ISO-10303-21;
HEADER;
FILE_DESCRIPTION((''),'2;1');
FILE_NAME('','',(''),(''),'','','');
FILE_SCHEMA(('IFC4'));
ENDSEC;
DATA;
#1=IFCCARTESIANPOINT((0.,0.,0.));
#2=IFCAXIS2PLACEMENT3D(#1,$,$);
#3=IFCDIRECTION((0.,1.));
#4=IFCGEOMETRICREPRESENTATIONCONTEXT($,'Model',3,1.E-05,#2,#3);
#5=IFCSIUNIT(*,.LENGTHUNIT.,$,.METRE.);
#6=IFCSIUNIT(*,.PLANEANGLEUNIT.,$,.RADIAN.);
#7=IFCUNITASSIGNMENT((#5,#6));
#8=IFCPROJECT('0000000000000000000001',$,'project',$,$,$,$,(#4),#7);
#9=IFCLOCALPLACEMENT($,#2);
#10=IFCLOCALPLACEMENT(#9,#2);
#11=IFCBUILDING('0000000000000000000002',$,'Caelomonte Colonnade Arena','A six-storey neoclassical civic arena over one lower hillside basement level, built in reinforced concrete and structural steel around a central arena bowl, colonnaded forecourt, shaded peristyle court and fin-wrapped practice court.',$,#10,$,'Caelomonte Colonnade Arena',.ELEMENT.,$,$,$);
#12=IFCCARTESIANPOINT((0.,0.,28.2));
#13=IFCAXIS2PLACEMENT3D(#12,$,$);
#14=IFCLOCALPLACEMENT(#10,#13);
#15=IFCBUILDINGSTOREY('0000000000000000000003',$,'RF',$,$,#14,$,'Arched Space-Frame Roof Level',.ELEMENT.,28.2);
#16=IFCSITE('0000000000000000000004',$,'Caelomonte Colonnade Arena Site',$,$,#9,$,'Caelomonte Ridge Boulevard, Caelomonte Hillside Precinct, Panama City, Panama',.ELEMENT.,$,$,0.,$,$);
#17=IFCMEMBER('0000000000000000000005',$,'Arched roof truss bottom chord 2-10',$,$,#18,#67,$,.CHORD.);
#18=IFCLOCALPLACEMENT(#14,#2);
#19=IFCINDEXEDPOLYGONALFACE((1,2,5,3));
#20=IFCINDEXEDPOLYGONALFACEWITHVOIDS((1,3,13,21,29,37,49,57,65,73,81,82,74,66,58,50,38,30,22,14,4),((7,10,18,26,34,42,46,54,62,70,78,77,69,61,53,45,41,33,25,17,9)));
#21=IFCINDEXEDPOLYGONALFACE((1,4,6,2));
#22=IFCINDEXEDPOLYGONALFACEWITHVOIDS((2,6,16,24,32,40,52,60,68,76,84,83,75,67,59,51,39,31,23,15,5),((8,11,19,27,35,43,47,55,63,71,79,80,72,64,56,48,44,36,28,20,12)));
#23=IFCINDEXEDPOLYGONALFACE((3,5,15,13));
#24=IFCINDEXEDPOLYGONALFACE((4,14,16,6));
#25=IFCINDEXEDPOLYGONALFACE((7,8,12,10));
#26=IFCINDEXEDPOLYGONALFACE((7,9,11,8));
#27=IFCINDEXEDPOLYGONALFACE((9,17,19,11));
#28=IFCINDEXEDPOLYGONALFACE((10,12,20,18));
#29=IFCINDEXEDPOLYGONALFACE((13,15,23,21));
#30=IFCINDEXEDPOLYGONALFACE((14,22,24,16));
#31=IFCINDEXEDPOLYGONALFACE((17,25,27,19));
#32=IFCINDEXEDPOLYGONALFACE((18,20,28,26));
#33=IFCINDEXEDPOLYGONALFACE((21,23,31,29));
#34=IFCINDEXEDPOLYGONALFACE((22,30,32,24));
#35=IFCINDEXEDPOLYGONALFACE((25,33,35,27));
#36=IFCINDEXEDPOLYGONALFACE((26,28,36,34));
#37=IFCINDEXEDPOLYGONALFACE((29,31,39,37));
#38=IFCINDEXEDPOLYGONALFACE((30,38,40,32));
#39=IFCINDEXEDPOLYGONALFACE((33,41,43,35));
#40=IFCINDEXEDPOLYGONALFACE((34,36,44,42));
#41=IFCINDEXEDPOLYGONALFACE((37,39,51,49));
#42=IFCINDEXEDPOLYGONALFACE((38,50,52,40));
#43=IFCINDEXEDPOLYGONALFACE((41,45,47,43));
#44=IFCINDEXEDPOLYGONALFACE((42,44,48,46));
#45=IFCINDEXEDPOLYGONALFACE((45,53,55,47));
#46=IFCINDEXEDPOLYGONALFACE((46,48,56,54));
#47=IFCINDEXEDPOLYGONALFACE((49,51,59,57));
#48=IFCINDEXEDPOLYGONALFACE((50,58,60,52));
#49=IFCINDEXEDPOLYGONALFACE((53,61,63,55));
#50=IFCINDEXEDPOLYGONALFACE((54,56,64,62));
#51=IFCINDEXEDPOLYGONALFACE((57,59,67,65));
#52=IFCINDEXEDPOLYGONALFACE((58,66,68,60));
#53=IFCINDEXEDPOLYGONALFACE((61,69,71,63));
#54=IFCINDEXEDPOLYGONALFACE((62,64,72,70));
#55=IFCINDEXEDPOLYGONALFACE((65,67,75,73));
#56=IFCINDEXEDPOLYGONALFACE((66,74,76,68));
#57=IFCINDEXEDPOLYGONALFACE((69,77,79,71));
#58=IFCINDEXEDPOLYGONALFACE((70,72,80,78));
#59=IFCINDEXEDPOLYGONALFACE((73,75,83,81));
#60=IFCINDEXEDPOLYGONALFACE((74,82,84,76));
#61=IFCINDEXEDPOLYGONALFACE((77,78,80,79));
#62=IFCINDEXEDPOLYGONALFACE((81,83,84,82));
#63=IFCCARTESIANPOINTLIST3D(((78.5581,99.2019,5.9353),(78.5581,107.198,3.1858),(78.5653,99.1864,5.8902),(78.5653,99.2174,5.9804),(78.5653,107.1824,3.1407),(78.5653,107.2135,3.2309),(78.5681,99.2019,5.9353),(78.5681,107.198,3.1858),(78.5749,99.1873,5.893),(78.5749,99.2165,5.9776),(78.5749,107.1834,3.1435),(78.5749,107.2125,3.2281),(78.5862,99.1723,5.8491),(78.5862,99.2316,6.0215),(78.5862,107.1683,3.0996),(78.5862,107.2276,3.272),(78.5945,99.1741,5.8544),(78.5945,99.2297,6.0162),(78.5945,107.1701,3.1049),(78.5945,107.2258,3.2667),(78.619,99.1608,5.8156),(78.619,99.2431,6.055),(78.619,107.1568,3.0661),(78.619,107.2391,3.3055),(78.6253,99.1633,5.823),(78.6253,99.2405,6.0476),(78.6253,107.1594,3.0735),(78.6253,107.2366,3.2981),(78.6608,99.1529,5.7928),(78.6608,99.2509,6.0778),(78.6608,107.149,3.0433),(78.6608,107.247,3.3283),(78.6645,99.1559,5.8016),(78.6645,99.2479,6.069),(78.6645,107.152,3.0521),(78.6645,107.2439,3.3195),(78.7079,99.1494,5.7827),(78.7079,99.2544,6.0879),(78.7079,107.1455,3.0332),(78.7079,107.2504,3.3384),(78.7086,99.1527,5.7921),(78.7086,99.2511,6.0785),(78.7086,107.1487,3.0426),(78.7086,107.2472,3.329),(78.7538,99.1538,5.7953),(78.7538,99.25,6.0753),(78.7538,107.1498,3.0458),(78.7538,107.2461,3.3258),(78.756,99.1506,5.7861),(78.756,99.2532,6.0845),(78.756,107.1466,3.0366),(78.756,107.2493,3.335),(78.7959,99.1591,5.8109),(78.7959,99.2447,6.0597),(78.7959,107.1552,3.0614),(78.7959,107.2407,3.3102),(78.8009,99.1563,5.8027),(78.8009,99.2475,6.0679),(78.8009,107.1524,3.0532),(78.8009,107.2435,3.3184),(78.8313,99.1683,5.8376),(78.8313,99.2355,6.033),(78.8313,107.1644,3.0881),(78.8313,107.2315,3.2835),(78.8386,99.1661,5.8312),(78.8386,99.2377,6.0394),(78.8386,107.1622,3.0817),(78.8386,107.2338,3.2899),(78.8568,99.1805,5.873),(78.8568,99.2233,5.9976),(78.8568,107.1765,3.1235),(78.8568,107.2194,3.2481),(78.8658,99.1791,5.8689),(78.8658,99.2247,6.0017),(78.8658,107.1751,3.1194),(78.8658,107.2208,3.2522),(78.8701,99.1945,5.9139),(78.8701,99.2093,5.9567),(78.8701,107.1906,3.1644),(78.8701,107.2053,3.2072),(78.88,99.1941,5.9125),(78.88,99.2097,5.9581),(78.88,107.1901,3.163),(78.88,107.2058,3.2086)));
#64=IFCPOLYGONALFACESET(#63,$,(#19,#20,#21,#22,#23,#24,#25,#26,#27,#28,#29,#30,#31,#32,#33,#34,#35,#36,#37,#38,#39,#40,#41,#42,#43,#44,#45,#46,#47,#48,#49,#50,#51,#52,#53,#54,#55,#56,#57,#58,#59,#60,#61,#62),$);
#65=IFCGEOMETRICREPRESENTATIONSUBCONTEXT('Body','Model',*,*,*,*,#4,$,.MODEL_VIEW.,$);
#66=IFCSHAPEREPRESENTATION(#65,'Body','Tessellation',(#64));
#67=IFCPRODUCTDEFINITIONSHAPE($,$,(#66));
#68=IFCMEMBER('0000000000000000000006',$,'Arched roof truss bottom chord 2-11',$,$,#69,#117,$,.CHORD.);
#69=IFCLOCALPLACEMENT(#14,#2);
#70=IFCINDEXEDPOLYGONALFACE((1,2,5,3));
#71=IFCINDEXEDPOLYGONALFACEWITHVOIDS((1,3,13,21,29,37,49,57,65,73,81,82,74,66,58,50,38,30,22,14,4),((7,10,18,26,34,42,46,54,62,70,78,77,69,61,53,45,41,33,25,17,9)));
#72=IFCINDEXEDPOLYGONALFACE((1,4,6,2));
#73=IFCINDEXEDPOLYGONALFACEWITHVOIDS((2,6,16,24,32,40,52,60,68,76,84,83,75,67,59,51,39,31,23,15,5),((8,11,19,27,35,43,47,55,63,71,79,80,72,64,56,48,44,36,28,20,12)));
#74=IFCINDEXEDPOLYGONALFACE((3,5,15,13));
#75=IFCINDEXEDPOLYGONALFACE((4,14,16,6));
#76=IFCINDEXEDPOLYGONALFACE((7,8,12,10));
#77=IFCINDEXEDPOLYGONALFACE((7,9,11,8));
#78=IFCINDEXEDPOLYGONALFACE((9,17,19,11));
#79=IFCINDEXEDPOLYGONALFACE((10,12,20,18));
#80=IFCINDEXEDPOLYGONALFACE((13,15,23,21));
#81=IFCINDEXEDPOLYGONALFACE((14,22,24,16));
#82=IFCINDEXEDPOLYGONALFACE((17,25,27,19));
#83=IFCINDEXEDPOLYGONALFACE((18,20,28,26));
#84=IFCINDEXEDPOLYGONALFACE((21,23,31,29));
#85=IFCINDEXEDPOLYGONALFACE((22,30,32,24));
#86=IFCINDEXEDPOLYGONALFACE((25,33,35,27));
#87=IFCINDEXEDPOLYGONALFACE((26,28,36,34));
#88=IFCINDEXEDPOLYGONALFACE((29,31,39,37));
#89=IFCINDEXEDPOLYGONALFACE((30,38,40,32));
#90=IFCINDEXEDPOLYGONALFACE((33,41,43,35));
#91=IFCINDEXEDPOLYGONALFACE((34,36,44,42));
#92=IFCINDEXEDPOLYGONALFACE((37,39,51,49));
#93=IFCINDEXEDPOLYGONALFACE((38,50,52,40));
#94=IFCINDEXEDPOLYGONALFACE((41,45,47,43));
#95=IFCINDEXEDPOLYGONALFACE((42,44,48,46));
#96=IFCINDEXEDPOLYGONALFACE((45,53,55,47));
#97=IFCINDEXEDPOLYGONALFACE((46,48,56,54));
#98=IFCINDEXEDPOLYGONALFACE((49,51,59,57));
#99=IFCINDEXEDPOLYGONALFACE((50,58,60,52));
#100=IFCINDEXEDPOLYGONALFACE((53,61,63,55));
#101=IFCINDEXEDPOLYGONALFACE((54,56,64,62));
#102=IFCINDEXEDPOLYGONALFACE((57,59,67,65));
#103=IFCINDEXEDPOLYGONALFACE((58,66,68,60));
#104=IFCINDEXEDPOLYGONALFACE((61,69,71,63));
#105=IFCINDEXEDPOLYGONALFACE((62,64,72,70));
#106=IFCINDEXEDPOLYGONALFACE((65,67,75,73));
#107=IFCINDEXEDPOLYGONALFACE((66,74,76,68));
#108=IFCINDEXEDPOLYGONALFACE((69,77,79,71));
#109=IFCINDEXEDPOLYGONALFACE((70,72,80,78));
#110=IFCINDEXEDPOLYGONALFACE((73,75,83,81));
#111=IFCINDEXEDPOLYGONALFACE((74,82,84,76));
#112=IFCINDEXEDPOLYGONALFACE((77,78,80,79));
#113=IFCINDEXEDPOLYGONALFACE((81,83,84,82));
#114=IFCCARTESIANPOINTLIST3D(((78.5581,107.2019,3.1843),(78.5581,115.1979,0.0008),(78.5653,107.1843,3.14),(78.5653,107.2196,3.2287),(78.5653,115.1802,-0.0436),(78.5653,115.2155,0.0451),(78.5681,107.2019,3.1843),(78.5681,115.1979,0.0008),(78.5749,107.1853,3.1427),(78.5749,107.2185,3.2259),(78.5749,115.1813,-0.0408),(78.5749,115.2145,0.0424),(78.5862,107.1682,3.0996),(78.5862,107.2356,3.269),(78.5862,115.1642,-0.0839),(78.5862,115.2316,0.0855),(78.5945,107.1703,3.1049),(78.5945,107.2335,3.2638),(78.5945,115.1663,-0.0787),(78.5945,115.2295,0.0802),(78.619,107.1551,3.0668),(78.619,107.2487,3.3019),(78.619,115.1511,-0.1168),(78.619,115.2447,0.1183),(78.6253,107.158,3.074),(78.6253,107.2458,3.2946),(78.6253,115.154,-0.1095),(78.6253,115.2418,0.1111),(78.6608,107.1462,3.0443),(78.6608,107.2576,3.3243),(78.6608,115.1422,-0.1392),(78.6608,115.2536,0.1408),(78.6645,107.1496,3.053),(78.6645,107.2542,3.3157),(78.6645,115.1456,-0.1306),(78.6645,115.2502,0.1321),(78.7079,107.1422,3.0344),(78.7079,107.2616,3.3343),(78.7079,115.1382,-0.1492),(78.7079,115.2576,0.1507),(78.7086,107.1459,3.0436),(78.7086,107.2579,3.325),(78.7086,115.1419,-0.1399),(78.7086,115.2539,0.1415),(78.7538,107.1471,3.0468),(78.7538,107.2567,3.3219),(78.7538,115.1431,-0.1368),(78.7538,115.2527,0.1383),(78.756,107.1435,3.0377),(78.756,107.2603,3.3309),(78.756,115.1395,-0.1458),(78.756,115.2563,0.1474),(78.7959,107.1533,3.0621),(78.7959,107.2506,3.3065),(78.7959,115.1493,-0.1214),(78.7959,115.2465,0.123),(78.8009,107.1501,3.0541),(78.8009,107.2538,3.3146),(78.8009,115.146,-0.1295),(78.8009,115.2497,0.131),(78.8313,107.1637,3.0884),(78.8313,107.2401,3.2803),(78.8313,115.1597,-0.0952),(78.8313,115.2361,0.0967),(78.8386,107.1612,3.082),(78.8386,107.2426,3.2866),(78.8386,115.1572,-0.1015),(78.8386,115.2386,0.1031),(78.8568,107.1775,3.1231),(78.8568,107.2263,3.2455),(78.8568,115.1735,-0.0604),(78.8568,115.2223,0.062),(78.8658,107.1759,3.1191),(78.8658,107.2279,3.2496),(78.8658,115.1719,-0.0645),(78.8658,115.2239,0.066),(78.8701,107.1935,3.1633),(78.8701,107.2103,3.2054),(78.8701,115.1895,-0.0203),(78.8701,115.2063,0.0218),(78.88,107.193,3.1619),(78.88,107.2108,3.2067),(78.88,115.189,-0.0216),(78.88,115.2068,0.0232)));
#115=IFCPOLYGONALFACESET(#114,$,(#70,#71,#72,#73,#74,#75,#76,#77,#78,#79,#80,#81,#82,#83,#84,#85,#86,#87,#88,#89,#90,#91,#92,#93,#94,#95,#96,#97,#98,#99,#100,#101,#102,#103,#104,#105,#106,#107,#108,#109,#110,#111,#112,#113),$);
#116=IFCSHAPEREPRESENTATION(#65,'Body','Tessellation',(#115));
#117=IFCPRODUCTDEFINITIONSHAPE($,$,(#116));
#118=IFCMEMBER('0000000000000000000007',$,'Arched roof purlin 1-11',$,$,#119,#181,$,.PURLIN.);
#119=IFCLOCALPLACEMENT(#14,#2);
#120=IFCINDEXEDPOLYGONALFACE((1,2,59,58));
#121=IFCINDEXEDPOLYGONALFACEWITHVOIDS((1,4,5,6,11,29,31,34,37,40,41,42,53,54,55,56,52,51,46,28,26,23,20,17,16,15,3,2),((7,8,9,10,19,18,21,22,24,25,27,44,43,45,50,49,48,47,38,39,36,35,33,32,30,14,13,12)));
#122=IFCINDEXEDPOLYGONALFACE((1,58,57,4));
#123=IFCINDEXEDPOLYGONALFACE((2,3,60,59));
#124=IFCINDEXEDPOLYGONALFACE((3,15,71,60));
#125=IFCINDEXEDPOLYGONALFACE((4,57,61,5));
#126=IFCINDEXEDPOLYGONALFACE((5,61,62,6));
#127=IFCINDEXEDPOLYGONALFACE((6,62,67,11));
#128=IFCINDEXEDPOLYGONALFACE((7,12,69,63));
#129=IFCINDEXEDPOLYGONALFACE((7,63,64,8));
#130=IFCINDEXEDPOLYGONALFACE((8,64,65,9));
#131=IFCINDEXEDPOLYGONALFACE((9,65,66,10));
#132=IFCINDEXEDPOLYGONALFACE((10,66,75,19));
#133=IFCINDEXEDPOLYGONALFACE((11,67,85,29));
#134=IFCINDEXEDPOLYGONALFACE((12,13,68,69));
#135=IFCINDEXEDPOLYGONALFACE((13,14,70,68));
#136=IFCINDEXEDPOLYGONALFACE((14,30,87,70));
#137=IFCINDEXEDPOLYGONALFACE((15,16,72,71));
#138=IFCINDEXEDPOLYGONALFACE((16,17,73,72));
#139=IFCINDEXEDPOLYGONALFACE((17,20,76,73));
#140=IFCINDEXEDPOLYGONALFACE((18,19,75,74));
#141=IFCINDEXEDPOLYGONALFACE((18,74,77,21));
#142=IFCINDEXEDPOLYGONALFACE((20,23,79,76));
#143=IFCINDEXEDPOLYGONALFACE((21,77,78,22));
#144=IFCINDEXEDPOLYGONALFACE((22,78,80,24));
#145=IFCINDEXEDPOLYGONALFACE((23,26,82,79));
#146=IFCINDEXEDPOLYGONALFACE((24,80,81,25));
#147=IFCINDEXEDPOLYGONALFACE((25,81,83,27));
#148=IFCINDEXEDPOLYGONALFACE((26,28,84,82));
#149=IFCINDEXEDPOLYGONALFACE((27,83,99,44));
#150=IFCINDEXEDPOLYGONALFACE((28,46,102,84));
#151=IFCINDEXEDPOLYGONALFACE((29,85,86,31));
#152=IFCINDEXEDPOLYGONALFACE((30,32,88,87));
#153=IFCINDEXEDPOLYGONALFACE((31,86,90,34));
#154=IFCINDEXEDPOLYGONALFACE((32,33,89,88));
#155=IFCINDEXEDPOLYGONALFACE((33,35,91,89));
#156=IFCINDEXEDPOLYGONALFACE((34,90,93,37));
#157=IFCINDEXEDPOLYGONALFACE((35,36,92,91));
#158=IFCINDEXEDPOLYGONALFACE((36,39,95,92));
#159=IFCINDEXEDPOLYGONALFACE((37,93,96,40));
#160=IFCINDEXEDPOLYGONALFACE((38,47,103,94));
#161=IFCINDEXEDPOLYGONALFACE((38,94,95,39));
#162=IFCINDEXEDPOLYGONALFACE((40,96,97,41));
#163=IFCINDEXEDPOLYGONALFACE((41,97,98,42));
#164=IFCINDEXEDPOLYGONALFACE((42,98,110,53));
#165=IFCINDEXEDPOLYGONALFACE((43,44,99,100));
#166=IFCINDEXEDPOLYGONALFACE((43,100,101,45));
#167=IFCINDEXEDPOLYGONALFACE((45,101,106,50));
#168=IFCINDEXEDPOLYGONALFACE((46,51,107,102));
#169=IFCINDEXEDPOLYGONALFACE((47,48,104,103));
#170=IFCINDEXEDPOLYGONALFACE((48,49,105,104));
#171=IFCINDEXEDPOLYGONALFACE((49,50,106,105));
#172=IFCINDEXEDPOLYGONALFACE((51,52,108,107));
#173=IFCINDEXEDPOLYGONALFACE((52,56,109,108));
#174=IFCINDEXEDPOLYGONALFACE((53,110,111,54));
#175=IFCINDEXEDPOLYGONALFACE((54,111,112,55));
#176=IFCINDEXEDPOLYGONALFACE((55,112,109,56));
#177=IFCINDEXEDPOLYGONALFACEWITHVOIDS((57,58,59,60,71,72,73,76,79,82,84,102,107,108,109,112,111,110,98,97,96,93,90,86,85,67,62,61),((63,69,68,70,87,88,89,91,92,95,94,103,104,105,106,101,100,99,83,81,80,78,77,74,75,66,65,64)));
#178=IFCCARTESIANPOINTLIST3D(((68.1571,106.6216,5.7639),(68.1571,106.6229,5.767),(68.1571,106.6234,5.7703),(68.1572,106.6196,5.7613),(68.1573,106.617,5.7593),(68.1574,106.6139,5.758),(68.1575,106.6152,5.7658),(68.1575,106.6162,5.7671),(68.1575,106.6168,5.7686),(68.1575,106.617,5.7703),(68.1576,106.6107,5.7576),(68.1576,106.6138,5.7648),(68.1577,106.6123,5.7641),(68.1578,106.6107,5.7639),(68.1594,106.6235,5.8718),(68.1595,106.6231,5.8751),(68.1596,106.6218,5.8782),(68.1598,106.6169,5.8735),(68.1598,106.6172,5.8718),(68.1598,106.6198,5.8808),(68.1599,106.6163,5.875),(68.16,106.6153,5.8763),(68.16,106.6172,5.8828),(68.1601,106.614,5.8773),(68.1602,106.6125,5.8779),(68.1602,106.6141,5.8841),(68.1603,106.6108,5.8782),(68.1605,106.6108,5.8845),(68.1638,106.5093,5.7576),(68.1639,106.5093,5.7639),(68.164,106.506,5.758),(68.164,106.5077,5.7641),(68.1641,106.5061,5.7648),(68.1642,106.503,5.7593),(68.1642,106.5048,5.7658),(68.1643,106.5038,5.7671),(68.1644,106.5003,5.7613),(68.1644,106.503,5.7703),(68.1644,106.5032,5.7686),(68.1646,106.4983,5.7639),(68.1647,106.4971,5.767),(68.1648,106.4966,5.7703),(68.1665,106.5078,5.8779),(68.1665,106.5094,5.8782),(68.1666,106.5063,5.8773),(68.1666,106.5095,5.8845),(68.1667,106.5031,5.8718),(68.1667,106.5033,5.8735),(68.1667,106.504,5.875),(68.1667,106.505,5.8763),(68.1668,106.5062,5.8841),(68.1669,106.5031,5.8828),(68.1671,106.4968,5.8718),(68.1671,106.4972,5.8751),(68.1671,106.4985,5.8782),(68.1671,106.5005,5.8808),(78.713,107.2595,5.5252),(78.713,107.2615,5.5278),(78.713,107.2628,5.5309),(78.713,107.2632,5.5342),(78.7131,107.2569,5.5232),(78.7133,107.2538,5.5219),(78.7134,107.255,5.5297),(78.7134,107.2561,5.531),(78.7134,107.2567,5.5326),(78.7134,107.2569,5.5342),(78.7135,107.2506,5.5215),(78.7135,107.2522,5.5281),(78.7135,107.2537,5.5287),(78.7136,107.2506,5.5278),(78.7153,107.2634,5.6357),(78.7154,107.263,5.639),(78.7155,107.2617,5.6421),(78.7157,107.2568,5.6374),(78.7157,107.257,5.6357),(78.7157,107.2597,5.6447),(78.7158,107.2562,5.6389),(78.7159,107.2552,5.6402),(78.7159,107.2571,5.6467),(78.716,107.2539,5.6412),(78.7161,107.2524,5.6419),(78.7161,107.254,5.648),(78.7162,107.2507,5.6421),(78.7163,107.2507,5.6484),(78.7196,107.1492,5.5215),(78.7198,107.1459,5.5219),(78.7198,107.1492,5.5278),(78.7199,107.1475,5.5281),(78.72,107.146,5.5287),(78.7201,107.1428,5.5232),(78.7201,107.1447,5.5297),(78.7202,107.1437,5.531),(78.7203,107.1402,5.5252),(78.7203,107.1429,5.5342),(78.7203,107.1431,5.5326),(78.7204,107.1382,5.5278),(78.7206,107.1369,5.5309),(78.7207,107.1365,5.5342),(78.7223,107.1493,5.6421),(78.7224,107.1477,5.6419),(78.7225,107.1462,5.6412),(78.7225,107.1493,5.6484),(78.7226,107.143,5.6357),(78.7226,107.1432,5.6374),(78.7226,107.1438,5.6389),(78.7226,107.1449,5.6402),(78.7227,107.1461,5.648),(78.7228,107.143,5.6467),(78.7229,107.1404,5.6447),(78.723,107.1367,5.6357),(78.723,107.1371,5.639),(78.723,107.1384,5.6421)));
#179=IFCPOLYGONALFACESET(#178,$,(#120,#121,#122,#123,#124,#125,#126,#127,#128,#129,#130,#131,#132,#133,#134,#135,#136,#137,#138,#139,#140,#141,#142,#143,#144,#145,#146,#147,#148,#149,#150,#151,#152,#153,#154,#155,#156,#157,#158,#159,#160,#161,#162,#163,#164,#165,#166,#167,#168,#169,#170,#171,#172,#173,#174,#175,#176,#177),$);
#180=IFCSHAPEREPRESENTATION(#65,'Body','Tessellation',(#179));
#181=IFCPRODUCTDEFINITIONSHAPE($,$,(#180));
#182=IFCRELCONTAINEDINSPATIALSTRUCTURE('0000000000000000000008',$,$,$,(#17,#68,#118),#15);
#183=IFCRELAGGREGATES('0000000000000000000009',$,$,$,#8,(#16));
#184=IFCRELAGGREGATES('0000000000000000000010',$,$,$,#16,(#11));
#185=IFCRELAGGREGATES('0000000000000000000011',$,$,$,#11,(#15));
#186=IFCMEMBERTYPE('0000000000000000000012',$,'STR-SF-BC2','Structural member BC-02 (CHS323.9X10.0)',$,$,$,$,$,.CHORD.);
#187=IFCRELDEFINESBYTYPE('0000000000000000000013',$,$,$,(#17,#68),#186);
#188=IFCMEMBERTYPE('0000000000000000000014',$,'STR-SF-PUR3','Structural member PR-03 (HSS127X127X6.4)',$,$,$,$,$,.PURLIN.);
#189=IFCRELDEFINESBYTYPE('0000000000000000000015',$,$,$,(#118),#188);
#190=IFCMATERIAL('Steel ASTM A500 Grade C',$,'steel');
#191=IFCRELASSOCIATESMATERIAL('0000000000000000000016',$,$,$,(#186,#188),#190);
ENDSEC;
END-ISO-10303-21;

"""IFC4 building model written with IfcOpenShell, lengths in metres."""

from ifc_helpers import new_model, si_unit, direction, frame, origin, origin_2d, place, context, subcontext, project, spatial, hollow_rectangle, hollow_circle, extrude, material, material_profile, profile_set, type_object, element, save


model = new_model("IFC4")

# Units and contexts
model_context = context("Model", 3, precision=1e-05, world=origin(), true_north=direction((0.0, 1.0)))
body_context = subcontext(model_context, "Body", "Model", "MODEL_VIEW")
ifc_project = project(units=[si_unit("LENGTHUNIT", "METRE"), si_unit("PLANEANGLEUNIT", "RADIAN")], contexts=[model_context])

# Site, building, storey
site_placement = place(None, origin())
site = spatial("IfcSite", under=ifc_project, at=site_placement, Name="Caelomonte Colonnade Arena Site", LongName="Caelomonte Ridge Boulevard, Caelomonte Hillside Precinct, Panama City, Panama", CompositionType="ELEMENT", RefElevation=0.0)
building_placement = place(site_placement, origin())
building = spatial("IfcBuilding", under=site, at=building_placement, Name="Caelomonte Colonnade Arena", Description="A six-storey neoclassical civic arena over one lower hillside basement level, built in reinforced concrete and structural steel around a central arena bowl, colonnaded forecourt, shaded peristyle court and fin-wrapped practice court.", LongName="Caelomonte Colonnade Arena", CompositionType="ELEMENT")
storey_placement = place(building_placement, frame((0.0, 0.0, 28.2)))
storey = spatial("IfcBuildingStorey", under=building, at=storey_placement, Name="RF", LongName="Arched Space-Frame Roof Level", CompositionType="ELEMENT", Elevation=28.2)

# Members
ifc_material_1 = material(Name="Steel ASTM A500 Grade C", Category="steel")
ifc_material_profile_1 = material_profile(ifc_material_1, hollow_circle(Radius=0.1619, WallThickness=0.01, at=origin_2d()), Name="CHS323.9X10.0")
ifc_profile_set_1 = profile_set([ifc_material_profile_1], Name="Steel ASTM A500 Grade C")
member_type_1 = type_object("IfcMemberType", Name="STR-SF-BC2", Description="Structural member BC-02 (CHS323.9X10.0)", PredefinedType="CHORD", material=ifc_profile_set_1)
member_1_placement = place(storey_placement, frame((78.72, 99.2019, 5.9353), z_axis=(0.0, 0.945656, -0.32517), x_axis=(-1.0, 0.0, 0.0)))
element("IfcMember", 1, at=member_1_placement, inside=storey, type_object=member_type_1, Name="Arched roof truss bottom chord 2-10", PredefinedType="CHORD", context=body_context, shape_type="SweptSolid", body=[
    extrude(hollow_circle(Radius=0.1619, WallThickness=0.01, at=origin_2d()), origin(), (0.0, 0.0, 1.0), 8.4556),
])
member_2_placement = place(storey_placement, frame((78.72, 107.2019, 3.1843), z_axis=(0.0, 0.92907, -0.369903), x_axis=(-1.0, 0.0, 0.0)))
element("IfcMember", 2, at=member_2_placement, inside=storey, type_object=member_type_1, Name="Arched roof truss bottom chord 2-11", PredefinedType="CHORD", context=body_context, shape_type="SweptSolid", body=[
    extrude(hollow_circle(Radius=0.1619, WallThickness=0.01, at=origin_2d()), origin(), (0.0, 0.0, 1.0), 8.6064),
])
ifc_material_profile_2 = material_profile(ifc_material_1, hollow_rectangle(XDim=0.127, YDim=0.127, WallThickness=0.0063, InnerFilletRadius=0.0063, OuterFilletRadius=0.0127, at=origin_2d()), Name="HSS127X127X6.4")
ifc_profile_set_2 = profile_set([ifc_material_profile_2], Name="Steel ASTM A500 Grade C")
member_type_2 = type_object("IfcMemberType", Name="STR-SF-PUR3", Description="Structural member PR-03 (HSS127X127X6.4)", PredefinedType="PURLIN", material=ifc_profile_set_2)
member_3_placement = place(storey_placement, frame((68.1621, 106.5601, 5.821), z_axis=(0.997919, 0.060493, -0.022319), x_axis=(-0.060508, 0.998168, 0.0)))
element("IfcMember", 3, at=member_3_placement, inside=storey, type_object=member_type_2, Name="Arched roof purlin 1-11", PredefinedType="PURLIN", context=body_context, shape_type="SweptSolid", body=[
    extrude(hollow_rectangle(XDim=0.127, YDim=0.127, WallThickness=0.0063, InnerFilletRadius=0.0063, OuterFilletRadius=0.0127, at=origin_2d()), origin(), (0.0, 0.0, 1.0), 10.5779),
])

save(model, "model.ifc")
